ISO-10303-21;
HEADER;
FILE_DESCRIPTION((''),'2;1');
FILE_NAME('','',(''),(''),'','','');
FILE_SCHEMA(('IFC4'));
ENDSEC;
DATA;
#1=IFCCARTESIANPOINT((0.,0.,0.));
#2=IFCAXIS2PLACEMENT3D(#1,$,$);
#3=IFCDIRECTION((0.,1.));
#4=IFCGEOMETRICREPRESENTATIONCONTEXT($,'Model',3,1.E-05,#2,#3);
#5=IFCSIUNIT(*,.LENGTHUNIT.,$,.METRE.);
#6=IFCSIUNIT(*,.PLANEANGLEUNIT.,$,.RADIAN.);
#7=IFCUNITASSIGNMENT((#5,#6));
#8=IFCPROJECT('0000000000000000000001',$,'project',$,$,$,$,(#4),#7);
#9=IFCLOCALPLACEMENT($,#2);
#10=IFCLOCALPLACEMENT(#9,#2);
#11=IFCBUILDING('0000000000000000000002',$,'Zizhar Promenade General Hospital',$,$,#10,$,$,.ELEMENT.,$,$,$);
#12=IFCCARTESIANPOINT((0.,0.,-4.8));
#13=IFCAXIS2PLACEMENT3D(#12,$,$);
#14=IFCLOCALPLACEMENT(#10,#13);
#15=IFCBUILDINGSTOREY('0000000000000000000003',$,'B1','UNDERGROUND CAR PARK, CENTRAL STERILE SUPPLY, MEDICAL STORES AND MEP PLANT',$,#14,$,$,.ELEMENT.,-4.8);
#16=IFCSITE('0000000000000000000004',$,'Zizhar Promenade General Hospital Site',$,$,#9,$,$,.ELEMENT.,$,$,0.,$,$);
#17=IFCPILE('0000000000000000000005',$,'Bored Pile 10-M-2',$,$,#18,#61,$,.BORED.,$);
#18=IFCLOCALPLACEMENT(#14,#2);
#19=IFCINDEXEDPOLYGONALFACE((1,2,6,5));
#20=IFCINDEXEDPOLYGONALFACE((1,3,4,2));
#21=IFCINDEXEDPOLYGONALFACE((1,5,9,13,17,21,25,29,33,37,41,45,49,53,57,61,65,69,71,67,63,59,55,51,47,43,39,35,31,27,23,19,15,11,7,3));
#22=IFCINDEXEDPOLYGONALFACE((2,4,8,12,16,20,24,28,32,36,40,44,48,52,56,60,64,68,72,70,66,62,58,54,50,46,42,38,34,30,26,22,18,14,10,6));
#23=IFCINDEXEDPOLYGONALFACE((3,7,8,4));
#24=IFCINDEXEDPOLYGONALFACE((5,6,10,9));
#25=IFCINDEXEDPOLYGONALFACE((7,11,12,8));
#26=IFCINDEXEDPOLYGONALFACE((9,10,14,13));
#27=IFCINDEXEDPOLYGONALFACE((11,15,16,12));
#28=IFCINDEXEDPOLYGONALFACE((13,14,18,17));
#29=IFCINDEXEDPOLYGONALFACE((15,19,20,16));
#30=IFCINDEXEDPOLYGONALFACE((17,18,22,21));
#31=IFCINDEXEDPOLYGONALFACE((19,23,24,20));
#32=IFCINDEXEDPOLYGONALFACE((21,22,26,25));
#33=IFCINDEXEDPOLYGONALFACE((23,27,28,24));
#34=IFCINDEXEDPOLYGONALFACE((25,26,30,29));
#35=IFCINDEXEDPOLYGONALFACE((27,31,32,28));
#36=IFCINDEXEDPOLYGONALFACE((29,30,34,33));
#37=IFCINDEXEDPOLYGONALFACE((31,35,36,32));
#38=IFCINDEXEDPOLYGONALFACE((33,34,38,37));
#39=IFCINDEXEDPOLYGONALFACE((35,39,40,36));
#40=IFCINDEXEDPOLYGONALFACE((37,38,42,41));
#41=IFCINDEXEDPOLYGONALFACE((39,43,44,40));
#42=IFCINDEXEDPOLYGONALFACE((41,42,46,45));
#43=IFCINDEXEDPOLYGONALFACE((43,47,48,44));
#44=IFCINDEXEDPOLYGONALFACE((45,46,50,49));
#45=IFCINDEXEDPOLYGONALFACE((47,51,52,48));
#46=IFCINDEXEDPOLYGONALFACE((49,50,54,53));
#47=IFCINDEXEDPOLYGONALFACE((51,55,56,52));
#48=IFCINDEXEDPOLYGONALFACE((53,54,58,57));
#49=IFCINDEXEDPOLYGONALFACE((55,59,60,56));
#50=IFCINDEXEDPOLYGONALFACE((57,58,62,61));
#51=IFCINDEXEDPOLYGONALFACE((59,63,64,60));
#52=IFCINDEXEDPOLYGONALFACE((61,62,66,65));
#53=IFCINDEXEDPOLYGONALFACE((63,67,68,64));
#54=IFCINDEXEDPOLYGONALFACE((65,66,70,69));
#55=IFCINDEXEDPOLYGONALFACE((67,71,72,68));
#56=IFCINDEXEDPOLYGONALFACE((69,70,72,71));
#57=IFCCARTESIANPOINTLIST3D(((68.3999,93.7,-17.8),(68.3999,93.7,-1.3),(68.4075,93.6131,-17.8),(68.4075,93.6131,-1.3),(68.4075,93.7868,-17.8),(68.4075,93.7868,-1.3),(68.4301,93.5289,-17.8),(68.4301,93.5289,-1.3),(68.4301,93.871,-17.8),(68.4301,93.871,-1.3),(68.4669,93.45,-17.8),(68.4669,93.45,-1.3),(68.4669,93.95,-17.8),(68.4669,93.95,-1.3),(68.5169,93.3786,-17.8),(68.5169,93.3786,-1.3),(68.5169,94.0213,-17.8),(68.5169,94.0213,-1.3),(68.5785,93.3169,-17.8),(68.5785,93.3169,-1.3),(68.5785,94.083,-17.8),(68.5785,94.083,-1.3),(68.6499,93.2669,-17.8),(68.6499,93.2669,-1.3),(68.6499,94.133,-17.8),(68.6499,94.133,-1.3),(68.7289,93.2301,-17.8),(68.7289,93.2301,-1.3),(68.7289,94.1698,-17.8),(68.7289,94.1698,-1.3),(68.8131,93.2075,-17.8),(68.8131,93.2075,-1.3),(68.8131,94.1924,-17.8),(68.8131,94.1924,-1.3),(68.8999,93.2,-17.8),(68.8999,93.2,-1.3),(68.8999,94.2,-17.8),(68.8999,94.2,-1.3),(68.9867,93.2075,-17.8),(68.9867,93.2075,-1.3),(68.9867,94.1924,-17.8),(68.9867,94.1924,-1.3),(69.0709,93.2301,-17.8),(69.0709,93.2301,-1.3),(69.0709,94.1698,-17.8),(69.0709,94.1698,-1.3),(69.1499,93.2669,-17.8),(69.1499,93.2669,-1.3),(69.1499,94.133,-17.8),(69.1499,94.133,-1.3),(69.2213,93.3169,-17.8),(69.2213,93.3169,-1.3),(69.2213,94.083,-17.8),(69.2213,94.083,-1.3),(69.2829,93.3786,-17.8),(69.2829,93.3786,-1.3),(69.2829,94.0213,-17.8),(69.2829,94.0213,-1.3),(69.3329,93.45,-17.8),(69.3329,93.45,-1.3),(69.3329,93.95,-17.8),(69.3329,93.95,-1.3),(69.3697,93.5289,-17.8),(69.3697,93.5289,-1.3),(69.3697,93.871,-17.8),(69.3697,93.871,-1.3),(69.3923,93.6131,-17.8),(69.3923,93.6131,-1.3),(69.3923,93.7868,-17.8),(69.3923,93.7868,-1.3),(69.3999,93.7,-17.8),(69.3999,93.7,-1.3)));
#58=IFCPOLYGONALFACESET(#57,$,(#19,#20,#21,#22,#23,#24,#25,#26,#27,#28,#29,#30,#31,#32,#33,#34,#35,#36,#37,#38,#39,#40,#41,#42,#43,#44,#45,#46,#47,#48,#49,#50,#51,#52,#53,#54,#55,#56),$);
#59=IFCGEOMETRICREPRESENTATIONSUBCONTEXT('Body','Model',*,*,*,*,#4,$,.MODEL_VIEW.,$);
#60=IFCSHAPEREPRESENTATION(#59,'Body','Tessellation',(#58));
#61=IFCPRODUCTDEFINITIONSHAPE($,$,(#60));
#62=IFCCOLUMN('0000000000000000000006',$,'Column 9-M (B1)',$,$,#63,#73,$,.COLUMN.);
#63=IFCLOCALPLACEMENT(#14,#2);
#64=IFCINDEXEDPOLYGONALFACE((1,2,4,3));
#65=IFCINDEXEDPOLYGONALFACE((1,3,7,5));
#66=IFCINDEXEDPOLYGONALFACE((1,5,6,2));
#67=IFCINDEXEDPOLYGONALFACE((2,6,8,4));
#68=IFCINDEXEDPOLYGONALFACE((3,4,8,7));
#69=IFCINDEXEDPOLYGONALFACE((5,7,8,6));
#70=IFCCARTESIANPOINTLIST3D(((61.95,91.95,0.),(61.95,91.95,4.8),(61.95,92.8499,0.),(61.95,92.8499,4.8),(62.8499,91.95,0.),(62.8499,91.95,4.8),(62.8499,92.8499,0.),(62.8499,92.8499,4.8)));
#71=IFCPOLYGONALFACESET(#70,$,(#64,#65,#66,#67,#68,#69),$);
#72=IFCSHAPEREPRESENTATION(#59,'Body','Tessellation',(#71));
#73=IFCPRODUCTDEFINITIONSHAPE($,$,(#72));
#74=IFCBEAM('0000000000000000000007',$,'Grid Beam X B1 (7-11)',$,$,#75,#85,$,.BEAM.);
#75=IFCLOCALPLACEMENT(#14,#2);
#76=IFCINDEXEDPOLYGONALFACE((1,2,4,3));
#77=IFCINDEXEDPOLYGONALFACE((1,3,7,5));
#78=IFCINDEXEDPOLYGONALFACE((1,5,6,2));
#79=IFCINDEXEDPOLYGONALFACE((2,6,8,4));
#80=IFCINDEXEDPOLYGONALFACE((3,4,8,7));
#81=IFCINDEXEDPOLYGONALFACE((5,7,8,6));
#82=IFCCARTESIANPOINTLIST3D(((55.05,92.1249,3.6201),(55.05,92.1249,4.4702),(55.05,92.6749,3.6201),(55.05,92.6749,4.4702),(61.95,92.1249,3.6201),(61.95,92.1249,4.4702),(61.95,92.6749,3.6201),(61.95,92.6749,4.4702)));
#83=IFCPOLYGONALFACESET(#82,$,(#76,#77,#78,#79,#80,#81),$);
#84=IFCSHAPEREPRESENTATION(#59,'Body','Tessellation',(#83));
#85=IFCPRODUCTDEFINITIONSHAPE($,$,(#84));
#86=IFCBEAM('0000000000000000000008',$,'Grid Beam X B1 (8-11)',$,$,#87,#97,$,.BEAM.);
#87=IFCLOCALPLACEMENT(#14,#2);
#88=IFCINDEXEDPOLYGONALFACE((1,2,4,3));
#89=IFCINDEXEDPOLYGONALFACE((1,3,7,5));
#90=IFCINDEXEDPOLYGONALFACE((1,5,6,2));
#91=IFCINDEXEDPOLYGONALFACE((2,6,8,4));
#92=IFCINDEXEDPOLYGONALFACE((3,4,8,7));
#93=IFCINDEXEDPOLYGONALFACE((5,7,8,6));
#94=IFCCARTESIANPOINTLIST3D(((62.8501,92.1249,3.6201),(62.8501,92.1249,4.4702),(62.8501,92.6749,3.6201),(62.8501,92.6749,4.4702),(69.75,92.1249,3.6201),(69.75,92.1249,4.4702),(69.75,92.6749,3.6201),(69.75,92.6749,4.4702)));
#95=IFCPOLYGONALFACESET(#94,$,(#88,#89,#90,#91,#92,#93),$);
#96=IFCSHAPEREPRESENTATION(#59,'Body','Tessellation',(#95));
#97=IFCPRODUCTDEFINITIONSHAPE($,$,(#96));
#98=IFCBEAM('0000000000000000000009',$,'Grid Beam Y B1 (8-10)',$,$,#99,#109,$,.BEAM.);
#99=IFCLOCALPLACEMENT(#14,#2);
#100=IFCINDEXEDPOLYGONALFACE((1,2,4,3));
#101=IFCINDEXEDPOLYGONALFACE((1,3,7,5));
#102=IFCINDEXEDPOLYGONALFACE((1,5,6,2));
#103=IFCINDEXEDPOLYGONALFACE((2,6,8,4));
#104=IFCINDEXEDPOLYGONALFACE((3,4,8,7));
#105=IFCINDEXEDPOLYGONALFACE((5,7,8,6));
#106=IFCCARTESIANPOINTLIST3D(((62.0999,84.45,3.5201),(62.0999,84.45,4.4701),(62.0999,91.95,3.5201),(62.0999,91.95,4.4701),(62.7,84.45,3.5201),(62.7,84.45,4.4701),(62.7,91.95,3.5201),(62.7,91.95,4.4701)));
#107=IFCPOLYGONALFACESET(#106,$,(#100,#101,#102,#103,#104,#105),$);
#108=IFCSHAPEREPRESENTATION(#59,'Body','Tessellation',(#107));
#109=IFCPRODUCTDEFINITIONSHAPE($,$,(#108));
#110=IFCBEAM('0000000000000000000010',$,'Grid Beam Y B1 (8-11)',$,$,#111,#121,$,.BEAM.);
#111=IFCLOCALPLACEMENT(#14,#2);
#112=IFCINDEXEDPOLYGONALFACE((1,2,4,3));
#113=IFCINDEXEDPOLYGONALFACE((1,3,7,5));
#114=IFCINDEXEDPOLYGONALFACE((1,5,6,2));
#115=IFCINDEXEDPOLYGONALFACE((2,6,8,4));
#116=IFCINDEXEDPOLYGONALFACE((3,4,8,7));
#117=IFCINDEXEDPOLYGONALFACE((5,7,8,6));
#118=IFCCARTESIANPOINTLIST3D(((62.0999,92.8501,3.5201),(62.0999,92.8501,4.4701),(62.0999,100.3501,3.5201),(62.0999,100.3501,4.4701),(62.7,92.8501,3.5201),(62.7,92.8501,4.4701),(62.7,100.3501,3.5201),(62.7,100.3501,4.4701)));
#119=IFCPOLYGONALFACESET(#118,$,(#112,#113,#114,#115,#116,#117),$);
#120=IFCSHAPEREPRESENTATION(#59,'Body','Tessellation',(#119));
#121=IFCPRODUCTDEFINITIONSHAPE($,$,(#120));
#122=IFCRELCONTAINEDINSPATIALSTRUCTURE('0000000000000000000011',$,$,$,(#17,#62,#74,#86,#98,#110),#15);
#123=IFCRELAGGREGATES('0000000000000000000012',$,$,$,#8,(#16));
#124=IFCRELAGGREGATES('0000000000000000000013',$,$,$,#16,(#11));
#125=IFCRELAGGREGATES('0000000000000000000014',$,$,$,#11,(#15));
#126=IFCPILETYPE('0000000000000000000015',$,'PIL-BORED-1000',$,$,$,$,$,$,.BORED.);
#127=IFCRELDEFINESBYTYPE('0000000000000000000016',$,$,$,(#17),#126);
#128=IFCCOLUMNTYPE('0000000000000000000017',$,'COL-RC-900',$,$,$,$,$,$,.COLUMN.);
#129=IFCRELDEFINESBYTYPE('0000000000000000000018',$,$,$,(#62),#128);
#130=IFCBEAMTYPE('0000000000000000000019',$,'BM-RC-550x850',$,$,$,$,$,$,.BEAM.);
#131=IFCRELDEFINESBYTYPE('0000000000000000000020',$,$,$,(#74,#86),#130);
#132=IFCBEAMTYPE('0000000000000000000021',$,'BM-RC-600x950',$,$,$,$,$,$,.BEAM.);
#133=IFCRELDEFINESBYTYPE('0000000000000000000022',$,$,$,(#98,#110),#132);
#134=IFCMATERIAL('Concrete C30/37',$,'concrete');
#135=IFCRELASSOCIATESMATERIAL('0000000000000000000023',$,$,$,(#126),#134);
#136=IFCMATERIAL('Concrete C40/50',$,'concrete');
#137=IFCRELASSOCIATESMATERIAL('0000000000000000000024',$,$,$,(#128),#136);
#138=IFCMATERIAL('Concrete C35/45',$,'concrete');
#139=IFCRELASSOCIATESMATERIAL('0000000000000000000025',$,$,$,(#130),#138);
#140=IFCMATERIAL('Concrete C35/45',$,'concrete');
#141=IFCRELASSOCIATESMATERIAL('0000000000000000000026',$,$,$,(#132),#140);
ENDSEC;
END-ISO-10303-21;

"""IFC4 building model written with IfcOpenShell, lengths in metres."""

from ifc_helpers import new_model, si_unit, direction, frame, origin, origin_2d, place, context, subcontext, project, spatial, rectangle, circle, extrude, material, material_profile, profile_set, type_object, element, save


model = new_model("IFC4")

# Units and contexts
model_context = context("Model", 3, precision=1e-05, world=origin(), true_north=direction((0.0, 1.0)))
body_context = subcontext(model_context, "Body", "Model", "MODEL_VIEW")
ifc_project = project(units=[si_unit("LENGTHUNIT", "METRE"), si_unit("PLANEANGLEUNIT", "RADIAN")], contexts=[model_context])

# Site, building, storey
site_placement = place(None, origin())
site = spatial("IfcSite", under=ifc_project, at=site_placement, Name="Zizhar Promenade General Hospital Site", CompositionType="ELEMENT", RefElevation=0.0)
building_placement = place(site_placement, origin())
building = spatial("IfcBuilding", under=site, at=building_placement, Name="Zizhar Promenade General Hospital", CompositionType="ELEMENT")
storey_placement = place(building_placement, frame((0.0, 0.0, -4.8)))
storey = spatial("IfcBuildingStorey", under=building, at=storey_placement, Name="B1", Description="UNDERGROUND CAR PARK, CENTRAL STERILE SUPPLY, MEDICAL STORES AND MEP PLANT", CompositionType="ELEMENT", Elevation=-4.8)

# Pile
ifc_material_1 = material(Name="Concrete C30/37", Category="concrete")
ifc_material_profile_1 = material_profile(ifc_material_1, circle(Radius=0.5, at=origin_2d()))
ifc_profile_set_1 = profile_set([ifc_material_profile_1], Name="Concrete C30/37")
pile_type = type_object("IfcPileType", Name="PIL-BORED-1000", PredefinedType="BORED", material=ifc_profile_set_1)
for number, where, z_axis, x_axis, name in (
    (1, (68.8999, 93.7, -1.3), (0.0, 0.0, -1.0), (1.0, 0.0, 0.0), "Bored Pile 10-M-2"),
):
    element("IfcPile", number, at=place(storey_placement, frame(where, z_axis=z_axis, x_axis=x_axis)), inside=storey, type_object=pile_type, Name=name, PredefinedType="BORED", context=body_context, shape_type="SweptSolid", body=[
        extrude(circle(Radius=0.5, at=origin_2d()), origin(), (0.0, 0.0, 1.0), 16.5),
    ])

# Column
ifc_material_2 = material(Name="Concrete C40/50", Category="concrete")
ifc_material_profile_2 = material_profile(ifc_material_2, rectangle(XDim=0.8999, YDim=0.8999, at=origin_2d()))
ifc_profile_set_2 = profile_set([ifc_material_profile_2], Name="Concrete C40/50")
column_type = type_object("IfcColumnType", Name="COL-RC-900", PredefinedType="COLUMN", material=ifc_profile_set_2)
column_placement = place(storey_placement, frame((62.3999, 92.3999, 0.0), z_axis=(0.0, 0.0, 1.0), x_axis=(1.0, 0.0, 0.0)))
element("IfcColumn", 2, at=column_placement, inside=storey, type_object=column_type, Name="Column 9-M (B1)", PredefinedType="COLUMN", context=body_context, shape_type="SweptSolid", body=[
    extrude(rectangle(XDim=0.8999, YDim=0.8999, at=origin_2d()), origin(), (0.0, 0.0, 1.0), 4.8),
])

# Beams
ifc_material_3 = material(Name="Concrete C35/45", Category="concrete")
ifc_material_profile_3 = material_profile(ifc_material_3, rectangle(XDim=0.55, YDim=0.8501, at=origin_2d()))
ifc_profile_set_3 = profile_set([ifc_material_profile_3], Name="Concrete C35/45")
beam_type_1 = type_object("IfcBeamType", Name="BM-RC-550x850", PredefinedType="BEAM", material=ifc_profile_set_3)
for number, where, z_axis, x_axis, name in (
    (3, (55.05, 92.3999, 4.0452), (1.0, 0.0, 0.0), (0.0, 1.0, 0.0), "Grid Beam X B1 (7-11)"),
    (4, (62.8501, 92.3999, 4.0452), (1.0, 0.0, 0.0), (0.0, 1.0, 0.0), "Grid Beam X B1 (8-11)"),
):
    element("IfcBeam", number, at=place(storey_placement, frame(where, z_axis=z_axis, x_axis=x_axis)), inside=storey, type_object=beam_type_1, Name=name, PredefinedType="BEAM", context=body_context, shape_type="SweptSolid", body=[
        extrude(rectangle(XDim=0.55, YDim=0.8501, at=origin_2d()), origin(), (0.0, 0.0, 1.0), 6.8999),
    ])
ifc_material_4 = material(Name="Concrete C35/45", Category="concrete")
ifc_material_profile_4 = material_profile(ifc_material_4, rectangle(XDim=0.6001, YDim=0.95, at=origin_2d()))
ifc_profile_set_4 = profile_set([ifc_material_profile_4], Name="Concrete C35/45")
beam_type_2 = type_object("IfcBeamType", Name="BM-RC-600x950", PredefinedType="BEAM", material=ifc_profile_set_4)
for number, where, z_axis, x_axis, name in (
    (5, (62.3999, 84.45, 3.9951), (0.0, 1.0, 0.0), (-1.0, 0.0, 0.0), "Grid Beam Y B1 (8-10)"),
    (6, (62.3999, 92.8501, 3.9951), (0.0, 1.0, 0.0), (-1.0, 0.0, 0.0), "Grid Beam Y B1 (8-11)"),
):
    element("IfcBeam", number, at=place(storey_placement, frame(where, z_axis=z_axis, x_axis=x_axis)), inside=storey, type_object=beam_type_2, Name=name, PredefinedType="BEAM", context=body_context, shape_type="SweptSolid", body=[
        extrude(rectangle(XDim=0.6001, YDim=0.95, at=origin_2d()), origin(), (0.0, 0.0, 1.0), 7.5),
    ])

save(model, "model.ifc")
